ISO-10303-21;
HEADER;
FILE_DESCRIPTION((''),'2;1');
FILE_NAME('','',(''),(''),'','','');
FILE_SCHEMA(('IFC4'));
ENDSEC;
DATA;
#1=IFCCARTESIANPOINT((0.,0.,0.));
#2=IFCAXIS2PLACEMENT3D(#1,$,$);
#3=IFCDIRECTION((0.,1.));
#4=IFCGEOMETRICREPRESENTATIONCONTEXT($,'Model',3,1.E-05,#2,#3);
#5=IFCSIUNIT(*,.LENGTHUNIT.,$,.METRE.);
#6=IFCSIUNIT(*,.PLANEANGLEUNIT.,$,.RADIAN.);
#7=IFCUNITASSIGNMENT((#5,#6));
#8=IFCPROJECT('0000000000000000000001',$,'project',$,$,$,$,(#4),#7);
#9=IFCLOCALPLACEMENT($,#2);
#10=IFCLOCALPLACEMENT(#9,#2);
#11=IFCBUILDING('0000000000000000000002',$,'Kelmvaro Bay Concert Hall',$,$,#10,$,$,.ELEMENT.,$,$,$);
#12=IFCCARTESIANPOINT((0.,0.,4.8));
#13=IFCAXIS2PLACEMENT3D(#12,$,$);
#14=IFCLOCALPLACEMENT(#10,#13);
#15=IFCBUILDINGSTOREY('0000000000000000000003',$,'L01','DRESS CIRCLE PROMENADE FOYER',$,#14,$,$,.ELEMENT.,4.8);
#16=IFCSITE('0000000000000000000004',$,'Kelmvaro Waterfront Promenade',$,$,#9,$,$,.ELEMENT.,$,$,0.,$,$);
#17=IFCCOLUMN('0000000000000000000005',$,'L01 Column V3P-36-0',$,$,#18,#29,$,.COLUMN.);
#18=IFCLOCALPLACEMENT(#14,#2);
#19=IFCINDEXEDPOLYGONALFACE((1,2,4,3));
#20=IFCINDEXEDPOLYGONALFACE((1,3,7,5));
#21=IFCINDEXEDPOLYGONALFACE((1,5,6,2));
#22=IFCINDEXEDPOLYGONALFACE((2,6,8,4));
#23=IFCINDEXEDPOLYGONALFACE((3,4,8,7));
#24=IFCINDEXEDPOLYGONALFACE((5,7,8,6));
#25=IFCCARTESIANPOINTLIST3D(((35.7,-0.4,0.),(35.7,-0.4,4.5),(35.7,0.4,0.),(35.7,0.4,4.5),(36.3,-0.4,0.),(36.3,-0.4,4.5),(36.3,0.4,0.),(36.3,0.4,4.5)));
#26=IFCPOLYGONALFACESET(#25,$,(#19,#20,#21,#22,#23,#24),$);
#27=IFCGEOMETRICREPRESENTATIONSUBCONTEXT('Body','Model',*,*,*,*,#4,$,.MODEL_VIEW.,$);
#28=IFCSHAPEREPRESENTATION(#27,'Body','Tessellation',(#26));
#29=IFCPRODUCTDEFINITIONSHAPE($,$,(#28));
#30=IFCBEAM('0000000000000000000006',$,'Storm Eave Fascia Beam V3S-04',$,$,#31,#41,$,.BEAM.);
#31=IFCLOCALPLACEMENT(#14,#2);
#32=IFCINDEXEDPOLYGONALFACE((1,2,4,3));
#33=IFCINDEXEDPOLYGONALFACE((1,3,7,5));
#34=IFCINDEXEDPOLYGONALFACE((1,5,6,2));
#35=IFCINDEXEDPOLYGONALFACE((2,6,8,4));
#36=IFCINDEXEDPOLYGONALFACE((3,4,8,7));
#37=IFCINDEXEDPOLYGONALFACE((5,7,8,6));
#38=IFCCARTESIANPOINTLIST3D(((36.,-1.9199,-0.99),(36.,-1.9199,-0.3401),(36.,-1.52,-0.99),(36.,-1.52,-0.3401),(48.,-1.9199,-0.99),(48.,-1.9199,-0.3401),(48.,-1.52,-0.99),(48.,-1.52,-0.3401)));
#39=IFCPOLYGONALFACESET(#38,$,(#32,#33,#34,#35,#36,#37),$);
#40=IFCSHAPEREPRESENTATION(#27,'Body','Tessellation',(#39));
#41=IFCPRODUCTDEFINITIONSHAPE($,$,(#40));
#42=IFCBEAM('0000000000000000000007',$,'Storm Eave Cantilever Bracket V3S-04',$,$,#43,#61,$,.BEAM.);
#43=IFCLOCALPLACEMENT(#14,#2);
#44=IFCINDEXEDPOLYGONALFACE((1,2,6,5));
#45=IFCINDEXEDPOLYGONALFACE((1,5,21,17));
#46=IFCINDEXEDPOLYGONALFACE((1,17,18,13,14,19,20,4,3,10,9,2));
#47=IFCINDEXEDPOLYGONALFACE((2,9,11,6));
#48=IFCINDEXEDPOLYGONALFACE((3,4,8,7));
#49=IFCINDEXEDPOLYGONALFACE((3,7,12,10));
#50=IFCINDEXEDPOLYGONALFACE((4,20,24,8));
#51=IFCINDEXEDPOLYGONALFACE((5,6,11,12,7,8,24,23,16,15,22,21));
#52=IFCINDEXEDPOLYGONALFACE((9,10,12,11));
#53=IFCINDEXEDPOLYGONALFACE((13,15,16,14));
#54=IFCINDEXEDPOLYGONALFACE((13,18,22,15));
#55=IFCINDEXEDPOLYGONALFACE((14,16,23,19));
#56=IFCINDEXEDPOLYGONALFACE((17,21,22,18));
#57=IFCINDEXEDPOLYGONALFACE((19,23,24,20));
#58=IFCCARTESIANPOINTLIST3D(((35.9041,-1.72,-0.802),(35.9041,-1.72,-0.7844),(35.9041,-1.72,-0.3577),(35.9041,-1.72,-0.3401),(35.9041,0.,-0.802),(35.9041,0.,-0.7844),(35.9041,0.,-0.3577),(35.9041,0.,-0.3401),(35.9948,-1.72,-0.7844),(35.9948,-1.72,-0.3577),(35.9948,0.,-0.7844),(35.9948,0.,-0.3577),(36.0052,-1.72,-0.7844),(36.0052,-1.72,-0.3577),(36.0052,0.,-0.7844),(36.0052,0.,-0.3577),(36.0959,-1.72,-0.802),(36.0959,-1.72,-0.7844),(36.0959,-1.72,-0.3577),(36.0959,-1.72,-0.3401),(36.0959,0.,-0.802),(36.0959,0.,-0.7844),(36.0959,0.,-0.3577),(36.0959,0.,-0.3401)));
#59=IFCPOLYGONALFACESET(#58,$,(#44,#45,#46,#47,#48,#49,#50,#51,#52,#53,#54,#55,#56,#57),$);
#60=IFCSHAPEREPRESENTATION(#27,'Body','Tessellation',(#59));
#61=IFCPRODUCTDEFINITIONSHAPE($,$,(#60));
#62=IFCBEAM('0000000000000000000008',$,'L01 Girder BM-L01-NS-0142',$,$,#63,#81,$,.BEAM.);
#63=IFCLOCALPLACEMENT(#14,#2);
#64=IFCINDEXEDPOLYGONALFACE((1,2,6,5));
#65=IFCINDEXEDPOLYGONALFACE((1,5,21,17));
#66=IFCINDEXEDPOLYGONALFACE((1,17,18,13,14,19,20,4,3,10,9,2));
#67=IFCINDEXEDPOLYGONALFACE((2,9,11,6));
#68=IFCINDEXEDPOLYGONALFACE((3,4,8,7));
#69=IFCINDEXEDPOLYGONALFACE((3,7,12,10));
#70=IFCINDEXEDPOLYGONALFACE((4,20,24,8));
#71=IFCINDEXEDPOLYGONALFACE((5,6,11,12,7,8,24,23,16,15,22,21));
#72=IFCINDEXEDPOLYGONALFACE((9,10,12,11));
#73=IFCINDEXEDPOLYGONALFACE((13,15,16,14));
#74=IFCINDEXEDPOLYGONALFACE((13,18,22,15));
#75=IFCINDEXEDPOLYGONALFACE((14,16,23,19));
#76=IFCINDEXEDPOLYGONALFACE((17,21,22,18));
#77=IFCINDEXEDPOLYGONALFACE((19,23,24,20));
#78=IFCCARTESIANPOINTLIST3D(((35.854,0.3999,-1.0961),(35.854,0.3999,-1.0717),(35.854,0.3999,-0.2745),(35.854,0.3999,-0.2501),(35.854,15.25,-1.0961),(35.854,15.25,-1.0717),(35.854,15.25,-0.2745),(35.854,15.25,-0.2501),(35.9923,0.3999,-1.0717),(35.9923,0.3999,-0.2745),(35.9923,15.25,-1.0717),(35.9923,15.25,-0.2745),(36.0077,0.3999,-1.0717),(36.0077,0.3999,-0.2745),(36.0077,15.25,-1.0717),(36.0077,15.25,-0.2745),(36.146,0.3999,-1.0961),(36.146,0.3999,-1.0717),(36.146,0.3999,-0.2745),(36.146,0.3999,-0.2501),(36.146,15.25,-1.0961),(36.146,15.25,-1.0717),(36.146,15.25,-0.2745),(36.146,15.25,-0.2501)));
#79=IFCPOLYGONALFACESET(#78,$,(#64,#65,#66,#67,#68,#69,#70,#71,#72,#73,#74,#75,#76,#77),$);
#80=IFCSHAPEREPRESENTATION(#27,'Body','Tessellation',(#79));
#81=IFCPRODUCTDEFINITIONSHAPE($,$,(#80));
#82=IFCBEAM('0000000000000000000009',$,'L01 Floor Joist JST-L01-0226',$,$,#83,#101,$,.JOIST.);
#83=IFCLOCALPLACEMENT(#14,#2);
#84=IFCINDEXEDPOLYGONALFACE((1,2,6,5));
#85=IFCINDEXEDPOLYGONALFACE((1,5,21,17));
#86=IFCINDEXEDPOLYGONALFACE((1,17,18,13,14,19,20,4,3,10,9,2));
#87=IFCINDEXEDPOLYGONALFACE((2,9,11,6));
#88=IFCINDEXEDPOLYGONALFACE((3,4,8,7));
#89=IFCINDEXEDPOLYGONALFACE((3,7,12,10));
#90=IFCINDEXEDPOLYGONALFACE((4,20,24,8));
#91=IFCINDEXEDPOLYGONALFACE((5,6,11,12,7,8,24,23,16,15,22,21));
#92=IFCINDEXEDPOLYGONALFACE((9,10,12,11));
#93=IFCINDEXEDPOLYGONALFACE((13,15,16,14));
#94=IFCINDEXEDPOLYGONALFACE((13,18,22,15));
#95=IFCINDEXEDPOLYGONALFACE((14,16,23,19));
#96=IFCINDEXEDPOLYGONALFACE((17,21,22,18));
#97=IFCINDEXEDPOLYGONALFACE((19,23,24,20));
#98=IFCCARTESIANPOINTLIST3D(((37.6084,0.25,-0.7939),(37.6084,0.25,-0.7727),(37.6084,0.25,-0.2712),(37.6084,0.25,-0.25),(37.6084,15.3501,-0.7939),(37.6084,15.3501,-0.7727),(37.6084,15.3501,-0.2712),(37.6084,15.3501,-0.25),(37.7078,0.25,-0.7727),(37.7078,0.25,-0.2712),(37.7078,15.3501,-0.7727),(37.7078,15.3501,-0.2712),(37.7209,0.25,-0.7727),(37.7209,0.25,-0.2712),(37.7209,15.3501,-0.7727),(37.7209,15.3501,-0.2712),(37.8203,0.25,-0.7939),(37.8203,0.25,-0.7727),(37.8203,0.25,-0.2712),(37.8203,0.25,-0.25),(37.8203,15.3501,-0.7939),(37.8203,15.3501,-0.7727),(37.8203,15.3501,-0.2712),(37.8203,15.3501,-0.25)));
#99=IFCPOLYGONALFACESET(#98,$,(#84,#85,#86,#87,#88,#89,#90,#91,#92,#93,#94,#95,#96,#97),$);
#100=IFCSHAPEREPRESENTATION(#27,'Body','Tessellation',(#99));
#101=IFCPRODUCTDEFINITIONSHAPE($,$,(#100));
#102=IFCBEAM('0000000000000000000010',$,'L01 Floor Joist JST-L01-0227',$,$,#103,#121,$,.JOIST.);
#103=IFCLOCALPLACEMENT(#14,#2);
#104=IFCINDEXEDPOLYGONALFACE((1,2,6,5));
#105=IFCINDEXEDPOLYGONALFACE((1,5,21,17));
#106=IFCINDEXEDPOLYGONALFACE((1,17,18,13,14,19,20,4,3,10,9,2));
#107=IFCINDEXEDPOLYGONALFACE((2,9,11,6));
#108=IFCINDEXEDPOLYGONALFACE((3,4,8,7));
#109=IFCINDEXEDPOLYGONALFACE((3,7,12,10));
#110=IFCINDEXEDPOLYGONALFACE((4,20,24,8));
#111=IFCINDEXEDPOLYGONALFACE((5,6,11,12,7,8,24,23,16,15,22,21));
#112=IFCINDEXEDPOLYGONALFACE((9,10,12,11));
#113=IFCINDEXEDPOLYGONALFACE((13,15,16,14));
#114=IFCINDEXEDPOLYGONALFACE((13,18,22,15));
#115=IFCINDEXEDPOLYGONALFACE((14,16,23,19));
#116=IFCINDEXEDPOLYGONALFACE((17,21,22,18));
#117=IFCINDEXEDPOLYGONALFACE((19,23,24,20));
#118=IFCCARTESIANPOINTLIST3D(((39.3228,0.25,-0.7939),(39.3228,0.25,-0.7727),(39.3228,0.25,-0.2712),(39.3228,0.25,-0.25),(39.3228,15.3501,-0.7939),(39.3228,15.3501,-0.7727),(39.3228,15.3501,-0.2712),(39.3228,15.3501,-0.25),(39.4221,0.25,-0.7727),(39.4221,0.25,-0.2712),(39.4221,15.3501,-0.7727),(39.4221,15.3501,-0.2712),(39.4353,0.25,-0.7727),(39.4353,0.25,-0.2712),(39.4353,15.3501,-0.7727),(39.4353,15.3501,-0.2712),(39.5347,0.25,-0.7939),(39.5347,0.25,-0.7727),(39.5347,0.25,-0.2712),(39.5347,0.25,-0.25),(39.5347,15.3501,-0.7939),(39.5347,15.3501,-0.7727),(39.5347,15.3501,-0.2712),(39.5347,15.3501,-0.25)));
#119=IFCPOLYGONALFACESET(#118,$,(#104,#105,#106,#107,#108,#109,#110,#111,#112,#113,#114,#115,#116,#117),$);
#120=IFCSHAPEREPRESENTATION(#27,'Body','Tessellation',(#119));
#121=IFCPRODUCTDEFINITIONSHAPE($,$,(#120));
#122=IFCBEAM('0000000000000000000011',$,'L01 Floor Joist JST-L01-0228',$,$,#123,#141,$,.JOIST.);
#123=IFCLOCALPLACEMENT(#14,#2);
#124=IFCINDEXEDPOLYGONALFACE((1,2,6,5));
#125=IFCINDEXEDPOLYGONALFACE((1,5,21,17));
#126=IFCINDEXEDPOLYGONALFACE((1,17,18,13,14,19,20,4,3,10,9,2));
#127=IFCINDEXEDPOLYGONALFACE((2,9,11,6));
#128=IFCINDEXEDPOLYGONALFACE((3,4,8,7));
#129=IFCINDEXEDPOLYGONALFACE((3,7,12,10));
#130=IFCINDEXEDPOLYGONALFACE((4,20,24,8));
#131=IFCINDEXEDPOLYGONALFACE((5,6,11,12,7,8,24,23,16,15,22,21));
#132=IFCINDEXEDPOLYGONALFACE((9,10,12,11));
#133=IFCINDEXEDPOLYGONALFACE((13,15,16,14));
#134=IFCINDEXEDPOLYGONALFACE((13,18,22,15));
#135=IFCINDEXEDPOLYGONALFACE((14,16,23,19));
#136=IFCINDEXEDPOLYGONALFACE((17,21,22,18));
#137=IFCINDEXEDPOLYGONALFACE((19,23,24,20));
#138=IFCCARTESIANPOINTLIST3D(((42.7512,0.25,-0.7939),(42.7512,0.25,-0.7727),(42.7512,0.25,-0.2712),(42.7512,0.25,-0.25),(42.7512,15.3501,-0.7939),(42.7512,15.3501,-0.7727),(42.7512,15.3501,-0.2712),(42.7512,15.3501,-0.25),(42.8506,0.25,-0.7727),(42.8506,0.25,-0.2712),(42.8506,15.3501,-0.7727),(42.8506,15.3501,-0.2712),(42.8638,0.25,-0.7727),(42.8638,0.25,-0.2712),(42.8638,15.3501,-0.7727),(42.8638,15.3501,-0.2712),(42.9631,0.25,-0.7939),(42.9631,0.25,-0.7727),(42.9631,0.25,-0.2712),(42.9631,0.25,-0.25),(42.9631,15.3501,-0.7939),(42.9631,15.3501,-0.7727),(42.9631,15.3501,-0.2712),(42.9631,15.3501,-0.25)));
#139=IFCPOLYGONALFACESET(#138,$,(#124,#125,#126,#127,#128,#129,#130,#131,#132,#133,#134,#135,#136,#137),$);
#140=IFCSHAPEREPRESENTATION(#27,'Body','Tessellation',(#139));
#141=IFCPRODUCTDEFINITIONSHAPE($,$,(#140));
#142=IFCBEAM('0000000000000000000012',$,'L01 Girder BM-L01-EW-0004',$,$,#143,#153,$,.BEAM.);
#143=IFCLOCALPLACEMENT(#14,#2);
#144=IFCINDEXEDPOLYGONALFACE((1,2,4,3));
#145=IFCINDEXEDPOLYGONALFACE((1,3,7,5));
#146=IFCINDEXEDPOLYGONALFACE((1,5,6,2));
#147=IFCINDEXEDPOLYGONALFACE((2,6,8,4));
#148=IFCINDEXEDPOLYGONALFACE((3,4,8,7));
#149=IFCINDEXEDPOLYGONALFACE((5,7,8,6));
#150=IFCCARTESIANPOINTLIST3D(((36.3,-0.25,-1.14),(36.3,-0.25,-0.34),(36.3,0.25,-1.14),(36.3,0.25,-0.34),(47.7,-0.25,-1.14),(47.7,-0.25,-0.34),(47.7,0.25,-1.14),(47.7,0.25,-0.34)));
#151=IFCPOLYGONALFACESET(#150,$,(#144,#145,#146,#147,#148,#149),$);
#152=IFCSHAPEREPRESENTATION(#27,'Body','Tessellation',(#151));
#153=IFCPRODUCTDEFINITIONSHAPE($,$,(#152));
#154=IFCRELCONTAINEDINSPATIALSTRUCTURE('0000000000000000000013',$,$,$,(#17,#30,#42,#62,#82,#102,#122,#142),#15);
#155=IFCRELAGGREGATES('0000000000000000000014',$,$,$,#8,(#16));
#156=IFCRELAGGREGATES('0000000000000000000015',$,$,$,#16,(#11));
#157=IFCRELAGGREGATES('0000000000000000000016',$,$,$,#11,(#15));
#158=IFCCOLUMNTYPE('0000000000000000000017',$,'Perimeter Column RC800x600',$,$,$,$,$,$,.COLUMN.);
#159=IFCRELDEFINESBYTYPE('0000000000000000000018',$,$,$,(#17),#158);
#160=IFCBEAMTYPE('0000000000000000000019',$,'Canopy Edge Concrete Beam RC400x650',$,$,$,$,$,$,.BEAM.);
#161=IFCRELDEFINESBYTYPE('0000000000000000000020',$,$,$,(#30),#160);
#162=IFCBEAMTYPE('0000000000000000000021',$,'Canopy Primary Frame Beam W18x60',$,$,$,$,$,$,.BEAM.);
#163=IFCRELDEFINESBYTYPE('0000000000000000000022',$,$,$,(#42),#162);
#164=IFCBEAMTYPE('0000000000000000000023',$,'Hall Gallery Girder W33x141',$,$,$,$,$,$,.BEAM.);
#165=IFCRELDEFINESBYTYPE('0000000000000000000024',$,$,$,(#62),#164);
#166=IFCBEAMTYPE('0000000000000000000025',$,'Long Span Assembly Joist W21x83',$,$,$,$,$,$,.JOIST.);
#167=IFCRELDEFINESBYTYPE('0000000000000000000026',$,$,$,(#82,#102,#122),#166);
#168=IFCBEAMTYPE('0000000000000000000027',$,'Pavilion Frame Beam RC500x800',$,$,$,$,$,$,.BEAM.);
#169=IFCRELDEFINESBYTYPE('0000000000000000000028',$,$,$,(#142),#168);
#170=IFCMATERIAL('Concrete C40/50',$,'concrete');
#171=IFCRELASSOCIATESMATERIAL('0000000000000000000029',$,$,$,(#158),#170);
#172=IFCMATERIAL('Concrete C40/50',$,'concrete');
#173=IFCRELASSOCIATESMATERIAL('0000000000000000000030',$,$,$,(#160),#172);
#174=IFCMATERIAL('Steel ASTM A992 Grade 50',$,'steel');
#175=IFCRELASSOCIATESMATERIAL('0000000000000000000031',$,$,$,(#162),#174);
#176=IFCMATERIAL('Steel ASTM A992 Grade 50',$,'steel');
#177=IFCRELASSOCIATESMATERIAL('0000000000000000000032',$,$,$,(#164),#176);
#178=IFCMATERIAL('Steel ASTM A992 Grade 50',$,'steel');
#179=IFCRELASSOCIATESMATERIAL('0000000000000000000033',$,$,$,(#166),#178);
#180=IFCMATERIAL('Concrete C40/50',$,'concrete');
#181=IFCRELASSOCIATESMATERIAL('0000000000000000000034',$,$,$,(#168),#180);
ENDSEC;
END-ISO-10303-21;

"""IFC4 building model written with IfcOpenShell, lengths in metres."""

from ifc_helpers import new_model, si_unit, direction, frame, origin, origin_2d, place, context, subcontext, project, spatial, rectangle, i_section, extrude, material, material_profile, profile_set, type_object, element, save


model = new_model("IFC4")

# Units and contexts
model_context = context("Model", 3, precision=1e-05, world=origin(), true_north=direction((0.0, 1.0)))
body_context = subcontext(model_context, "Body", "Model", "MODEL_VIEW")
ifc_project = project(units=[si_unit("LENGTHUNIT", "METRE"), si_unit("PLANEANGLEUNIT", "RADIAN")], contexts=[model_context])

# Site, building, storey
site_placement = place(None, origin())
site = spatial("IfcSite", under=ifc_project, at=site_placement, Name="Kelmvaro Waterfront Promenade", CompositionType="ELEMENT", RefElevation=0.0)
building_placement = place(site_placement, origin())
building = spatial("IfcBuilding", under=site, at=building_placement, Name="Kelmvaro Bay Concert Hall", CompositionType="ELEMENT")
storey_placement = place(building_placement, frame((0.0, 0.0, 4.8)))
storey = spatial("IfcBuildingStorey", under=building, at=storey_placement, Name="L01", Description="DRESS CIRCLE PROMENADE FOYER", CompositionType="ELEMENT", Elevation=4.8)

# Column
ifc_material_1 = material(Name="Concrete C40/50", Category="concrete")
ifc_material_profile_1 = material_profile(ifc_material_1, rectangle(XDim=0.6001, YDim=0.8, at=origin_2d()), Name="RC-COL-800X600")
ifc_profile_set_1 = profile_set([ifc_material_profile_1], Name="Concrete C40/50")
column_type = type_object("IfcColumnType", Name="Perimeter Column RC800x600", PredefinedType="COLUMN", material=ifc_profile_set_1)
column_placement = place(storey_placement, frame((36.0, 0.0, 0.0), z_axis=(0.0, 0.0, 1.0), x_axis=(1.0, 0.0, 0.0)))
element("IfcColumn", 1, at=column_placement, inside=storey, type_object=column_type, Name="L01 Column V3P-36-0", PredefinedType="COLUMN", context=body_context, shape_type="SweptSolid", body=[
    extrude(rectangle(XDim=0.6001, YDim=0.8, at=origin_2d()), origin(), (0.0, 0.0, 1.0), 4.5),
])

# Beams
ifc_material_2 = material(Name="Concrete C40/50", Category="concrete")
ifc_material_profile_2 = material_profile(ifc_material_2, rectangle(XDim=0.3999, YDim=0.6499, at=origin_2d()), Name="RC-BM-400X650")
ifc_profile_set_2 = profile_set([ifc_material_profile_2], Name="Concrete C40/50")
beam_type_1 = type_object("IfcBeamType", Name="Canopy Edge Concrete Beam RC400x650", PredefinedType="BEAM", material=ifc_profile_set_2)
beam_1_placement = place(storey_placement, frame((36.0, -1.72, -0.665), z_axis=(1.0, 0.0, 0.0), x_axis=(0.0, 1.0, 0.0)))
element("IfcBeam", 2, at=beam_1_placement, inside=storey, type_object=beam_type_1, Name="Storm Eave Fascia Beam V3S-04", PredefinedType="BEAM", context=body_context, shape_type="SweptSolid", body=[
    extrude(rectangle(XDim=0.3999, YDim=0.6499, at=origin_2d()), origin(), (0.0, 0.0, 1.0), 12.0),
])
ifc_material_3 = material(Name="Steel ASTM A992 Grade 50", Category="steel")
ifc_material_profile_3 = material_profile(ifc_material_3, i_section(OverallWidth=0.1919, OverallDepth=0.4619, WebThickness=0.0105, FlangeThickness=0.0176, at=origin_2d()), Name="W18X60")
ifc_profile_set_3 = profile_set([ifc_material_profile_3], Name="Steel ASTM A992 Grade 50")
beam_type_2 = type_object("IfcBeamType", Name="Canopy Primary Frame Beam W18x60", PredefinedType="BEAM", material=ifc_profile_set_3)
beam_2_placement = place(storey_placement, frame((36.0, 0.0, -0.571), z_axis=(0.0, -1.0, 0.0), x_axis=(1.0, 0.0, 0.0)))
element("IfcBeam", 3, at=beam_2_placement, inside=storey, type_object=beam_type_2, Name="Storm Eave Cantilever Bracket V3S-04", PredefinedType="BEAM", context=body_context, shape_type="SweptSolid", body=[
    extrude(i_section(OverallWidth=0.1919, OverallDepth=0.4619, WebThickness=0.0105, FlangeThickness=0.0176, at=origin_2d()), origin(), (0.0, 0.0, 1.0), 1.72),
])
ifc_material_4 = material(Name="Steel ASTM A992 Grade 50", Category="steel")
ifc_material_profile_4 = material_profile(ifc_material_4, i_section(OverallWidth=0.292, OverallDepth=0.8459, WebThickness=0.0154, FlangeThickness=0.0244, at=origin_2d()), Name="W33X141")
ifc_profile_set_4 = profile_set([ifc_material_profile_4], Name="Steel ASTM A992 Grade 50")
beam_type_3 = type_object("IfcBeamType", Name="Hall Gallery Girder W33x141", PredefinedType="BEAM", material=ifc_profile_set_4)
beam_3_placement = place(storey_placement, frame((36.0, 0.3999, -0.6731), z_axis=(0.0, 1.0, 0.0), x_axis=(-1.0, 0.0, 0.0)))
element("IfcBeam", 4, at=beam_3_placement, inside=storey, type_object=beam_type_3, Name="L01 Girder BM-L01-NS-0142", PredefinedType="BEAM", context=body_context, shape_type="SweptSolid", body=[
    extrude(i_section(OverallWidth=0.292, OverallDepth=0.8459, WebThickness=0.0154, FlangeThickness=0.0244, at=origin_2d()), origin(), (0.0, 0.0, 1.0), 14.8501),
])
ifc_material_5 = material(Name="Steel ASTM A992 Grade 50", Category="steel")
ifc_material_profile_5 = material_profile(ifc_material_5, i_section(OverallWidth=0.2119, OverallDepth=0.5439, WebThickness=0.0132, FlangeThickness=0.0212, at=origin_2d()), Name="W21X83")
ifc_profile_set_5 = profile_set([ifc_material_profile_5], Name="Steel ASTM A992 Grade 50")
beam_type_4 = type_object("IfcBeamType", Name="Long Span Assembly Joist W21x83", PredefinedType="JOIST", material=ifc_profile_set_5)
for number, where, z_axis, x_axis, name in (
    (5, (37.7144, 0.25, -0.522), (0.0, 1.0, 0.0), (-1.0, 0.0, 0.0), "L01 Floor Joist JST-L01-0226"),
    (6, (39.4287, 0.25, -0.522), (0.0, 1.0, 0.0), (-1.0, 0.0, 0.0), "L01 Floor Joist JST-L01-0227"),
    (7, (42.8572, 0.25, -0.522), (0.0, 1.0, 0.0), (-1.0, 0.0, 0.0), "L01 Floor Joist JST-L01-0228"),
):
    element("IfcBeam", number, at=place(storey_placement, frame(where, z_axis=z_axis, x_axis=x_axis)), inside=storey, type_object=beam_type_4, Name=name, PredefinedType="JOIST", context=body_context, shape_type="SweptSolid", body=[
        extrude(i_section(OverallWidth=0.2119, OverallDepth=0.5439, WebThickness=0.0132, FlangeThickness=0.0212, at=origin_2d()), origin(), (0.0, 0.0, 1.0), 15.1001),
    ])
ifc_material_6 = material(Name="Concrete C40/50", Category="concrete")
ifc_material_profile_6 = material_profile(ifc_material_6, rectangle(XDim=0.5, YDim=0.8, at=origin_2d()), Name="RC-BM-500X800")
ifc_profile_set_6 = profile_set([ifc_material_profile_6], Name="Concrete C40/50")
beam_type_5 = type_object("IfcBeamType", Name="Pavilion Frame Beam RC500x800", PredefinedType="BEAM", material=ifc_profile_set_6)
beam_4_placement = place(storey_placement, frame((36.3, 0.0, -0.74), z_axis=(1.0, 0.0, 0.0), x_axis=(0.0, 1.0, 0.0)))
element("IfcBeam", 8, at=beam_4_placement, inside=storey, type_object=beam_type_5, Name="L01 Girder BM-L01-EW-0004", PredefinedType="BEAM", context=body_context, shape_type="SweptSolid", body=[
    extrude(rectangle(XDim=0.5, YDim=0.8, at=origin_2d()), origin(), (0.0, 0.0, 1.0), 11.3999),
])

save(model, "model.ifc")
